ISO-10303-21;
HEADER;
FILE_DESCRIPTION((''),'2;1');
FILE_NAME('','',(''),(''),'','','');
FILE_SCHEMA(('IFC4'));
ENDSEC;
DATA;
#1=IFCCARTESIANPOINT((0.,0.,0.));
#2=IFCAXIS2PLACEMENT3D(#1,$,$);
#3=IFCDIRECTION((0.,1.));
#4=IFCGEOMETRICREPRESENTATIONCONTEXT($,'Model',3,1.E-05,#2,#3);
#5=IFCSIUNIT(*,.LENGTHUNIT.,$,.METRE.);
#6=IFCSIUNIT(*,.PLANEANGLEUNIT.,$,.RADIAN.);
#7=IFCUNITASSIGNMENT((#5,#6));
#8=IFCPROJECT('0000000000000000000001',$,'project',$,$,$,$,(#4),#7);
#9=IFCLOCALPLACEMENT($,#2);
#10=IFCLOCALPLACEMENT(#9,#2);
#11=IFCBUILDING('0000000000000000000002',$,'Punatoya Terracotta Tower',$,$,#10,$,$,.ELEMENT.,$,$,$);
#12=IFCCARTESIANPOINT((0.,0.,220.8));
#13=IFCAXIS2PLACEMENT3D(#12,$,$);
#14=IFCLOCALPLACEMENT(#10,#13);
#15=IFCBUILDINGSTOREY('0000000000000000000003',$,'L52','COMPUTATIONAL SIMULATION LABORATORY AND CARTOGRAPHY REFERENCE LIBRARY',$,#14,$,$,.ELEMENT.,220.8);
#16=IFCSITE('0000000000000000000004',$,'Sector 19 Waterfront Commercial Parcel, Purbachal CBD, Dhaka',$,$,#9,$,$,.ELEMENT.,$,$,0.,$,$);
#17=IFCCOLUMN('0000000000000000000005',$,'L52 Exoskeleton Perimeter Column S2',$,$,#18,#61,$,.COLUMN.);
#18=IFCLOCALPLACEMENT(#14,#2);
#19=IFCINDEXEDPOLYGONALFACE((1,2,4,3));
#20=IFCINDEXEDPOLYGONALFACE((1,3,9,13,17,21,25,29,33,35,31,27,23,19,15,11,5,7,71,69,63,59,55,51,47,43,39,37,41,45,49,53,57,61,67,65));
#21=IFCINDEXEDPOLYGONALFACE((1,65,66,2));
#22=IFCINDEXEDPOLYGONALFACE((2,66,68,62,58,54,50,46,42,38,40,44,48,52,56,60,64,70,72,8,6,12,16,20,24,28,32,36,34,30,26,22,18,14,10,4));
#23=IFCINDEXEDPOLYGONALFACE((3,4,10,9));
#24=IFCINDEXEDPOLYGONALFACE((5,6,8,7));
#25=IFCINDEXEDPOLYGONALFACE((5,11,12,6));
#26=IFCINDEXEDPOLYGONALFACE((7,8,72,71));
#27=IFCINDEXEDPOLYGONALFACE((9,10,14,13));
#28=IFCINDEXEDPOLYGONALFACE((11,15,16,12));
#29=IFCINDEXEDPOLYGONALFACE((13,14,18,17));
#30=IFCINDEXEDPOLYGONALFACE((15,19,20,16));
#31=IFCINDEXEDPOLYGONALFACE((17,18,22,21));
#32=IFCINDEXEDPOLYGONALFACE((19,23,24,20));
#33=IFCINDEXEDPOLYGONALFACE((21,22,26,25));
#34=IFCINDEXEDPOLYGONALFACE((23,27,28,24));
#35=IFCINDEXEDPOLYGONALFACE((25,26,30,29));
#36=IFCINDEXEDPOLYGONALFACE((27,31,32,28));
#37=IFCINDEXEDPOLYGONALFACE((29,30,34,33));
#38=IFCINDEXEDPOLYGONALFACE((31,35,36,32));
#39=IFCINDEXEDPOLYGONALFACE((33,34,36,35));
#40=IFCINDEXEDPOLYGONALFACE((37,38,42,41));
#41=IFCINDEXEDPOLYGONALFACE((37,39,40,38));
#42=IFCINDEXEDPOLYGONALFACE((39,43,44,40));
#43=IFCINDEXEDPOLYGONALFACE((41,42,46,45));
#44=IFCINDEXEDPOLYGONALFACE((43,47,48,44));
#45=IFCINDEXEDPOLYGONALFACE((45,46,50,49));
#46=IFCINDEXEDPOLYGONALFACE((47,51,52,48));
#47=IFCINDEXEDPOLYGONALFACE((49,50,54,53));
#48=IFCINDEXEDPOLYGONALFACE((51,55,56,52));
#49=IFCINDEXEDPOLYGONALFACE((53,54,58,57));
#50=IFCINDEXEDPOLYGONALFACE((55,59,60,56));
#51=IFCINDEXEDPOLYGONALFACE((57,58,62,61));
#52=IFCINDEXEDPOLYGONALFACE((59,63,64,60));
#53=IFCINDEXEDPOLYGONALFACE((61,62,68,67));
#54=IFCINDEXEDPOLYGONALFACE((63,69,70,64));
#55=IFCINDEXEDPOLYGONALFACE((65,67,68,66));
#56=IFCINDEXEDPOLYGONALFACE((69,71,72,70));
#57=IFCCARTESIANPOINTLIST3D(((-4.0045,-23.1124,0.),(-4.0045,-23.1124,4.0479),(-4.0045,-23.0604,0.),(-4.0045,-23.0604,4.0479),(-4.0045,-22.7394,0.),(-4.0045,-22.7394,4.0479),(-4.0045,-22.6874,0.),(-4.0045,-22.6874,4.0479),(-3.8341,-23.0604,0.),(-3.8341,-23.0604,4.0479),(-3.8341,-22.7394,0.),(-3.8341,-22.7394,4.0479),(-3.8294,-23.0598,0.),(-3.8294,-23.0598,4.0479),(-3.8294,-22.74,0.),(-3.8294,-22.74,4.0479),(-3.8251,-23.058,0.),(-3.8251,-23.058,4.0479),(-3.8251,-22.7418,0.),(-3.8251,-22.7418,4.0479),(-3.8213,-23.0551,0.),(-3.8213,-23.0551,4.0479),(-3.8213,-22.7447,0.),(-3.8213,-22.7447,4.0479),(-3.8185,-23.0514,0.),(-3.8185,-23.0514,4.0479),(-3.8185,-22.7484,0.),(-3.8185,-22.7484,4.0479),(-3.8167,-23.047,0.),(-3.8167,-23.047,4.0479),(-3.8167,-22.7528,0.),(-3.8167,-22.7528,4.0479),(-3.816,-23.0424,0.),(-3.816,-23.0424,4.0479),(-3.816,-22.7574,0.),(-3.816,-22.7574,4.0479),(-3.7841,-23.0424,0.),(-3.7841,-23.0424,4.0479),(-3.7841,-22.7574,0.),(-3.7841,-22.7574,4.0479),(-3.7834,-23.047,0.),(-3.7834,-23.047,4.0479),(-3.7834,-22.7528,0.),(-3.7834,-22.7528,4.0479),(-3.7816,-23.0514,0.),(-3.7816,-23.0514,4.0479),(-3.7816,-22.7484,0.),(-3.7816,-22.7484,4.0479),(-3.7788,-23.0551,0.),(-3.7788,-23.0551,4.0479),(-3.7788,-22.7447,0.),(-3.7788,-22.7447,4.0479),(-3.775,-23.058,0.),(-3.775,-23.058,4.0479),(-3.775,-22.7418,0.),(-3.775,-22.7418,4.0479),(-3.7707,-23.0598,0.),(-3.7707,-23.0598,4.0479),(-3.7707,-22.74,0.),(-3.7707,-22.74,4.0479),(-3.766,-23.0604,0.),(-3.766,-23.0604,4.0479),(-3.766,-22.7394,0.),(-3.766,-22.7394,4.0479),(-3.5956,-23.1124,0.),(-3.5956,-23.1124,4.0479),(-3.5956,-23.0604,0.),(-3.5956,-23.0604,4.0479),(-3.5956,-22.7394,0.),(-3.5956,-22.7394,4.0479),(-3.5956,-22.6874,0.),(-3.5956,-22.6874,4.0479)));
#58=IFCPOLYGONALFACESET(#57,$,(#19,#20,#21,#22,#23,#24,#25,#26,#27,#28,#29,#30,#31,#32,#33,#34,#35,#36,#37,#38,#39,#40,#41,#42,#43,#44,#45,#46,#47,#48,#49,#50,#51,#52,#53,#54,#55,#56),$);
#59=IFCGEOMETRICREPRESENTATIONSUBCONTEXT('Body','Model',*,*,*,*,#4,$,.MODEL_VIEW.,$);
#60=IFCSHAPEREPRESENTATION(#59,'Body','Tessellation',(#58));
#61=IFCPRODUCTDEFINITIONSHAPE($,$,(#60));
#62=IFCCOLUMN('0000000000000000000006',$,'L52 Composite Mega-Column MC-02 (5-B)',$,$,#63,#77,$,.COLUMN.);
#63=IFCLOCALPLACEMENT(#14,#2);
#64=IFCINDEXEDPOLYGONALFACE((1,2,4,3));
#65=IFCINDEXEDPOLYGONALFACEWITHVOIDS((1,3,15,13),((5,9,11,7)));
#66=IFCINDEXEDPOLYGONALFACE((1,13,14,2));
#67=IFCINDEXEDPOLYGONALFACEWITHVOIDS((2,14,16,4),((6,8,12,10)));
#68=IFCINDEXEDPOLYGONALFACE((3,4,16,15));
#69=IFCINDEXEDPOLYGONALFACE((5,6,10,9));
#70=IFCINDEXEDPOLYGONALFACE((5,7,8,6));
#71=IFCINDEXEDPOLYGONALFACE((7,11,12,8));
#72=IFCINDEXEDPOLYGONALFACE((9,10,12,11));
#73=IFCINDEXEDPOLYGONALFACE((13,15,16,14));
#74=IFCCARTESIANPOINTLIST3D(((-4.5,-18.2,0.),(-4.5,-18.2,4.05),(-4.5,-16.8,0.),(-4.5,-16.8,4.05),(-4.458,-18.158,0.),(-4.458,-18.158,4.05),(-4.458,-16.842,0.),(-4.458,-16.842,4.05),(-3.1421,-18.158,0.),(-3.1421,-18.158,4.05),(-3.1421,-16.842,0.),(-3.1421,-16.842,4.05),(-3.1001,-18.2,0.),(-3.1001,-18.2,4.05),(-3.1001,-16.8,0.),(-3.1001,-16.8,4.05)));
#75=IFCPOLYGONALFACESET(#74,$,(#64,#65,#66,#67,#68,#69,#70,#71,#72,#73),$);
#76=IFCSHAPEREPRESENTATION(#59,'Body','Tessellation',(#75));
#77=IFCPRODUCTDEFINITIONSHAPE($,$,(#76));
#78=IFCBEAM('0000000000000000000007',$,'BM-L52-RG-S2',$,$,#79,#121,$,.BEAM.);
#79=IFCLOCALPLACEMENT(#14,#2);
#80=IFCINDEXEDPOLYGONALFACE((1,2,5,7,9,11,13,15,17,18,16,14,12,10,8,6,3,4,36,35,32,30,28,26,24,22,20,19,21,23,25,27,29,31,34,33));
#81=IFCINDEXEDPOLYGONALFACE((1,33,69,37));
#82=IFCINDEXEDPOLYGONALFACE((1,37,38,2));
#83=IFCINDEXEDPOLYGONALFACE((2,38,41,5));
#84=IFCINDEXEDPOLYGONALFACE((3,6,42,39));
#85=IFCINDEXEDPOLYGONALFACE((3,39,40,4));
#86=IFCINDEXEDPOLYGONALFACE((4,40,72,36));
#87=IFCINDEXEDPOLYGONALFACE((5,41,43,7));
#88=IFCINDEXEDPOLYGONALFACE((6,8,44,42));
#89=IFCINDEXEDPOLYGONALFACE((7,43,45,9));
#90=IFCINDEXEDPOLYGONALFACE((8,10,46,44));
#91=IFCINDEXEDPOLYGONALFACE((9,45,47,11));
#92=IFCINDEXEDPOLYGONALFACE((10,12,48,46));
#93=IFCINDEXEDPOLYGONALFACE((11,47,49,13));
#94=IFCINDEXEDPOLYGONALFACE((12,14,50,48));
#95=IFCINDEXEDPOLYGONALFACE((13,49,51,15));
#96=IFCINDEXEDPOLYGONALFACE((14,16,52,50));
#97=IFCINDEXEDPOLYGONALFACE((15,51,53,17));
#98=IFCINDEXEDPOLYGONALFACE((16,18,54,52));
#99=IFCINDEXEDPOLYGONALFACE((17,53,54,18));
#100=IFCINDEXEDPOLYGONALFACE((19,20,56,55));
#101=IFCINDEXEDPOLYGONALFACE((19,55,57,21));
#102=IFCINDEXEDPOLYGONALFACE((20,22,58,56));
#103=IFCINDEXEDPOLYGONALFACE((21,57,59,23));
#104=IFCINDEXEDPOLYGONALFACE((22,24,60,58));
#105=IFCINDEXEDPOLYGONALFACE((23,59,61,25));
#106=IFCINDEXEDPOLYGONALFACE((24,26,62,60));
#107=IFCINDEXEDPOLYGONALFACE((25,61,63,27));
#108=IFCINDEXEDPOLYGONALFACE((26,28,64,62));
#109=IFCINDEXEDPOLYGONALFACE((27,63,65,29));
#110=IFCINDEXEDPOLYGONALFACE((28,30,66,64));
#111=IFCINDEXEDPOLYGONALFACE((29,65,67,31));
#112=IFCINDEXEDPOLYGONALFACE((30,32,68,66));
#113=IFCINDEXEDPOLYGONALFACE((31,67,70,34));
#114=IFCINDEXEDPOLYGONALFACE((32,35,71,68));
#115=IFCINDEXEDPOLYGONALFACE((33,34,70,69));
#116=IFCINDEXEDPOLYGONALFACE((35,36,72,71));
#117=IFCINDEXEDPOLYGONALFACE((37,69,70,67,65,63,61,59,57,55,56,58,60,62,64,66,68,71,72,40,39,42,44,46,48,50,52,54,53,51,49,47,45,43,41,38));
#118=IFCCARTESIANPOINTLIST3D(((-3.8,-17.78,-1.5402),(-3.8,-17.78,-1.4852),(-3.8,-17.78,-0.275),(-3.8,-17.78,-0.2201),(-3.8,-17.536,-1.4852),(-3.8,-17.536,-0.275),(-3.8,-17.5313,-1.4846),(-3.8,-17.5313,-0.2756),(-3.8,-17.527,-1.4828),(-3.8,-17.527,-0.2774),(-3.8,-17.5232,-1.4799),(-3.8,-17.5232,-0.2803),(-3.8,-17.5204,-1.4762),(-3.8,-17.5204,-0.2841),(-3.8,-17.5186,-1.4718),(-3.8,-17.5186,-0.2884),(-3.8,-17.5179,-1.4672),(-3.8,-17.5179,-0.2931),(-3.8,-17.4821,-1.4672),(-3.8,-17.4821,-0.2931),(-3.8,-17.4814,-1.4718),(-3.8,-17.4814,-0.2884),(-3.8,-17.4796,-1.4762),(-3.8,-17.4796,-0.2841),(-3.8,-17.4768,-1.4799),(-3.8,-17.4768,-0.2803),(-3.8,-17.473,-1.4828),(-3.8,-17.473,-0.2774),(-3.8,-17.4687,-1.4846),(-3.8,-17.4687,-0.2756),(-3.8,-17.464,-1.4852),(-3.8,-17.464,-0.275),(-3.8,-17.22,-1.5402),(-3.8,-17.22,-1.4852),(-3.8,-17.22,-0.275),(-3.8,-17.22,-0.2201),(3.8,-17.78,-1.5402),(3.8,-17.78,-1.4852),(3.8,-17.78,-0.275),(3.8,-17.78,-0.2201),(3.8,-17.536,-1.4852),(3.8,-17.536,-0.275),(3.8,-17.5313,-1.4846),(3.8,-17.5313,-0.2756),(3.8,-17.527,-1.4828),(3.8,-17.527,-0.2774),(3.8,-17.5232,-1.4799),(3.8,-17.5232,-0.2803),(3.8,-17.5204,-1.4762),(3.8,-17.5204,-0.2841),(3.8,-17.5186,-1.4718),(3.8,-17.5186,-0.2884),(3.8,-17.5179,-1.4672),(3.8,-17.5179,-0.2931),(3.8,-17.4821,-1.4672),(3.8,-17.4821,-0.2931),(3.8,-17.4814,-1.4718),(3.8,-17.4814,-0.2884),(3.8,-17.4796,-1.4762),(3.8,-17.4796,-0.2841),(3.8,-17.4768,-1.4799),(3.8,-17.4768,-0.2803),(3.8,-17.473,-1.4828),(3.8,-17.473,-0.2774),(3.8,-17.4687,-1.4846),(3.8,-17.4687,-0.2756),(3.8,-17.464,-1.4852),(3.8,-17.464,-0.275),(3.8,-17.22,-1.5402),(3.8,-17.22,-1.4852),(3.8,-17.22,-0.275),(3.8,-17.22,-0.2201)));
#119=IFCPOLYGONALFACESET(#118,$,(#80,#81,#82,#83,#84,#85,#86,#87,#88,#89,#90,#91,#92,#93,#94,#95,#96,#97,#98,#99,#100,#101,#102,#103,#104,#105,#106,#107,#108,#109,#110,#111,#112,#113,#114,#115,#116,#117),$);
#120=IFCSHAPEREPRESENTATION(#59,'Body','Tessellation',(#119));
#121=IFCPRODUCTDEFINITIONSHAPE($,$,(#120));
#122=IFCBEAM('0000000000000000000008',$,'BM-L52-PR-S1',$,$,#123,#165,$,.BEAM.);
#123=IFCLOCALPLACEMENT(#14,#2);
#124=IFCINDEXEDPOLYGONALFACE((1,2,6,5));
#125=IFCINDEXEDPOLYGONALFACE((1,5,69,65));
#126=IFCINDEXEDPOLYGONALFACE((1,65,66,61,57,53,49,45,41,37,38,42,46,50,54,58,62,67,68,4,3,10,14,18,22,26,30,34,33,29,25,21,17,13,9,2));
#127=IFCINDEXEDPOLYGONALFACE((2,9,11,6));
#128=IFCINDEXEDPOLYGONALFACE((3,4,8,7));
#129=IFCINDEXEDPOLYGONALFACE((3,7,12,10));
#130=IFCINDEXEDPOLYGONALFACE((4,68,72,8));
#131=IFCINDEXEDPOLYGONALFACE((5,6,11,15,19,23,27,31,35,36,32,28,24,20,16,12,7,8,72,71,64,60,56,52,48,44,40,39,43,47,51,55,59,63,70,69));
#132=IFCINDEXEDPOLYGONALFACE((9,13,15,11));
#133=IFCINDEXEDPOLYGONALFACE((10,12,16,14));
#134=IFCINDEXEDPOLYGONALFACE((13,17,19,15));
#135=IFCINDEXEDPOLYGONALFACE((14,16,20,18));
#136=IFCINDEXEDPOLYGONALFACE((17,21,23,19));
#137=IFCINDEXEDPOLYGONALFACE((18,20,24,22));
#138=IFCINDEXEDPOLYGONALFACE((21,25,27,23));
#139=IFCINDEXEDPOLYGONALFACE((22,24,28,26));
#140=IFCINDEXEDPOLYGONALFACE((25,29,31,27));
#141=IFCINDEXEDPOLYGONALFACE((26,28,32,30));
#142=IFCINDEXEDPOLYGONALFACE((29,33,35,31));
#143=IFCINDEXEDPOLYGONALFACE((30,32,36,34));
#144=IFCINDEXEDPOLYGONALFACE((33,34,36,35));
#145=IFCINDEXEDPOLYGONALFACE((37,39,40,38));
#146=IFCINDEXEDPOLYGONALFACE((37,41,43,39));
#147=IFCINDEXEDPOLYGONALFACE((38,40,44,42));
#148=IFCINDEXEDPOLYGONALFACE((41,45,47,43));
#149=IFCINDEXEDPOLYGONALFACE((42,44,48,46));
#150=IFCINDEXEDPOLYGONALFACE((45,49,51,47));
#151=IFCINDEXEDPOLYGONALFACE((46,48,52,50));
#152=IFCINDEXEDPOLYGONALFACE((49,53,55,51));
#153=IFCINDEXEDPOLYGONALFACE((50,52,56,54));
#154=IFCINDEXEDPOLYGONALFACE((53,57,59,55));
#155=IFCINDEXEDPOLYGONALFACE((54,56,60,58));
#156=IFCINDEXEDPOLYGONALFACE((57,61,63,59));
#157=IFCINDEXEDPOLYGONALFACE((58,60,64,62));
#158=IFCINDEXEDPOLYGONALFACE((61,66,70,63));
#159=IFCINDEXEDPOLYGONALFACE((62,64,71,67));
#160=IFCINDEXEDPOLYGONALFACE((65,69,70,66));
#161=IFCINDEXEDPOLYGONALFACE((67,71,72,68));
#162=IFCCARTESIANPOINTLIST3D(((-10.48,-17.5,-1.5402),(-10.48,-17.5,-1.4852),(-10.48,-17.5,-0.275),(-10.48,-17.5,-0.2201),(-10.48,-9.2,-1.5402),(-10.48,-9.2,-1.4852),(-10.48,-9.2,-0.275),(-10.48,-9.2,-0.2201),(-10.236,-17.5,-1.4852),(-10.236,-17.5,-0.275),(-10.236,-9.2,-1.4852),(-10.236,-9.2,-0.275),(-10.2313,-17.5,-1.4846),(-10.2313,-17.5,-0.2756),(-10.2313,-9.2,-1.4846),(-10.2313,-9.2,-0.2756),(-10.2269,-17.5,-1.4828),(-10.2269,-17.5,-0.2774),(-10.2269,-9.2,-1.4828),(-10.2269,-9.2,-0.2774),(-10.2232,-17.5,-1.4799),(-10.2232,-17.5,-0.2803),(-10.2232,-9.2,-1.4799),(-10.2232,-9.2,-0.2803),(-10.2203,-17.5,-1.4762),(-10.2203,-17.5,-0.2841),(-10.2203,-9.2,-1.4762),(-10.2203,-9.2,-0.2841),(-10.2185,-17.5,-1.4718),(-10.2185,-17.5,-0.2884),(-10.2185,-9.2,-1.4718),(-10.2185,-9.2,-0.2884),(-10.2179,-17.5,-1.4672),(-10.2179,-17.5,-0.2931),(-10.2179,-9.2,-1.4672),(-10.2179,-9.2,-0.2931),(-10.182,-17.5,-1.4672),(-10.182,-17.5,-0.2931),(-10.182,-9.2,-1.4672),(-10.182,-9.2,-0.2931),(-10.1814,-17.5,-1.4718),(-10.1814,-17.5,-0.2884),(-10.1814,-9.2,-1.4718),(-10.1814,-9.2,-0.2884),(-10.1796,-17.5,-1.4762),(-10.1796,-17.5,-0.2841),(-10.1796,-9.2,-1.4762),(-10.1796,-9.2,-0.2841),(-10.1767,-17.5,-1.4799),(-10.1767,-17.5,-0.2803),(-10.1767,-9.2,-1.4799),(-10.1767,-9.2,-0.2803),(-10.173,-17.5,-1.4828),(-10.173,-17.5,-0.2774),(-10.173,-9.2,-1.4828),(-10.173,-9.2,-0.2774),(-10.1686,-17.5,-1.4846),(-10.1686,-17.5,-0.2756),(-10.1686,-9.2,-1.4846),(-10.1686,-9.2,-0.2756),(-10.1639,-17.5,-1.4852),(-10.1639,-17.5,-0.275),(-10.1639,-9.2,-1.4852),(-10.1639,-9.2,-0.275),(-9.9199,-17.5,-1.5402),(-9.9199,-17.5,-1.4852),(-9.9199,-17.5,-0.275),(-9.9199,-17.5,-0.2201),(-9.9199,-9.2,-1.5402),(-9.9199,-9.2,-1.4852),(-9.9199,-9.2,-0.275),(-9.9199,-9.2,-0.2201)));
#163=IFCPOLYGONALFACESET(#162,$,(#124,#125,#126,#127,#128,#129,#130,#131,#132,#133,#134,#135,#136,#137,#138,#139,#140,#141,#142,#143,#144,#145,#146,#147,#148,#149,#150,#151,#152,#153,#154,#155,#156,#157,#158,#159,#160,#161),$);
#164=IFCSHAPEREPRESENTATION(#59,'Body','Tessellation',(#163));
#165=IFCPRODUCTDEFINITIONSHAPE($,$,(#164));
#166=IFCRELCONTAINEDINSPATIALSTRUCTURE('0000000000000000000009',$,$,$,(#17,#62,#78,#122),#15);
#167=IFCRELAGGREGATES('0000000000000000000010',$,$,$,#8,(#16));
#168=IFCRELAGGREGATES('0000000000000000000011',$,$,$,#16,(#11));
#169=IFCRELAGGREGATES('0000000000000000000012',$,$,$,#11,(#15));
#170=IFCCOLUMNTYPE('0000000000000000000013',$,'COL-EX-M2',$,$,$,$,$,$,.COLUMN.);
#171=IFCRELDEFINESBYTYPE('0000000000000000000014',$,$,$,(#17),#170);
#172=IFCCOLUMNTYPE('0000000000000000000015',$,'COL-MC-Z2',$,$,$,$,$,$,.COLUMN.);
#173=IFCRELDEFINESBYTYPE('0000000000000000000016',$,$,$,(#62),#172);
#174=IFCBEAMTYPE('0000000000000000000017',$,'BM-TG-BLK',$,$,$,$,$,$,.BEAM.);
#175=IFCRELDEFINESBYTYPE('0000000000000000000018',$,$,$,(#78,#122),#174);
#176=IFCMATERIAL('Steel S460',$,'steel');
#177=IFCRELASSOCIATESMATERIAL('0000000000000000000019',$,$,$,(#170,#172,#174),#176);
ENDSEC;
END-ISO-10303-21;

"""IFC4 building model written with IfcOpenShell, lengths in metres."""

from ifc_helpers import new_model, si_unit, direction, frame, origin, origin_2d, place, context, subcontext, project, spatial, hollow_rectangle, i_section, extrude, material, material_profile, profile_set, type_object, element, save


model = new_model("IFC4")

# Units and contexts
model_context = context("Model", 3, precision=1e-05, world=origin(), true_north=direction((0.0, 1.0)))
body_context = subcontext(model_context, "Body", "Model", "MODEL_VIEW")
ifc_project = project(units=[si_unit("LENGTHUNIT", "METRE"), si_unit("PLANEANGLEUNIT", "RADIAN")], contexts=[model_context])

# Site, building, storey
site_placement = place(None, origin())
site = spatial("IfcSite", under=ifc_project, at=site_placement, Name="Sector 19 Waterfront Commercial Parcel, Purbachal CBD, Dhaka", CompositionType="ELEMENT", RefElevation=0.0)
building_placement = place(site_placement, origin())
building = spatial("IfcBuilding", under=site, at=building_placement, Name="Punatoya Terracotta Tower", CompositionType="ELEMENT")
storey_placement = place(building_placement, frame((0.0, 0.0, 220.8)))
storey = spatial("IfcBuildingStorey", under=building, at=storey_placement, Name="L52", Description="COMPUTATIONAL SIMULATION LABORATORY AND CARTOGRAPHY REFERENCE LIBRARY", CompositionType="ELEMENT", Elevation=220.8)

# Columns
ifc_material_1 = material(Name="Steel S460", Category="steel")
ifc_material_profile_1 = material_profile(ifc_material_1, i_section(OverallWidth=0.4089, OverallDepth=0.425, WebThickness=0.032, FlangeThickness=0.052, FilletRadius=0.0181, at=origin_2d()))
ifc_profile_set_1 = profile_set([ifc_material_profile_1], Name="Steel S460")
column_type_1 = type_object("IfcColumnType", Name="COL-EX-M2", PredefinedType="COLUMN", material=ifc_profile_set_1)
column_1_placement = place(storey_placement, frame((-3.8, -22.8999, 0.0), z_axis=(0.0, 0.0, 1.0), x_axis=(1.0, 0.0, 0.0)))
element("IfcColumn", 1, at=column_1_placement, inside=storey, type_object=column_type_1, Name="L52 Exoskeleton Perimeter Column S2", PredefinedType="COLUMN", context=body_context, shape_type="SweptSolid", body=[
    extrude(i_section(OverallWidth=0.4089, OverallDepth=0.425, WebThickness=0.032, FlangeThickness=0.052, FilletRadius=0.0181, at=origin_2d()), origin(), (0.0, 0.0, 1.0), 4.0479),
])
ifc_material_profile_2 = material_profile(ifc_material_1, hollow_rectangle(XDim=1.3999, YDim=1.3999, WallThickness=0.042, at=origin_2d()))
ifc_profile_set_2 = profile_set([ifc_material_profile_2], Name="Steel S460")
column_type_2 = type_object("IfcColumnType", Name="COL-MC-Z2", PredefinedType="COLUMN", material=ifc_profile_set_2)
column_2_placement = place(storey_placement, frame((-3.8, -17.5, 0.0), z_axis=(0.0, 0.0, 1.0), x_axis=(1.0, 0.0, 0.0)))
element("IfcColumn", 2, at=column_2_placement, inside=storey, type_object=column_type_2, Name="L52 Composite Mega-Column MC-02 (5-B)", PredefinedType="COLUMN", context=body_context, shape_type="SweptSolid", body=[
    extrude(hollow_rectangle(XDim=1.3999, YDim=1.3999, WallThickness=0.042, at=origin_2d()), origin(), (0.0, 0.0, 1.0), 4.05),
])

# Beams
ifc_material_profile_3 = material_profile(ifc_material_1, i_section(OverallWidth=0.5601, OverallDepth=1.3201, WebThickness=0.0359, FlangeThickness=0.0549, FilletRadius=0.0181, at=origin_2d()))
ifc_profile_set_3 = profile_set([ifc_material_profile_3], Name="Steel S460")
beam_type = type_object("IfcBeamType", Name="BM-TG-BLK", PredefinedType="BEAM", material=ifc_profile_set_3)
beam_1_placement = place(storey_placement, frame((-3.8, -17.5, -0.8801), z_axis=(1.0, 0.0, 0.0), x_axis=(0.0, 1.0, 0.0)))
element("IfcBeam", 3, at=beam_1_placement, inside=storey, type_object=beam_type, Name="BM-L52-RG-S2", PredefinedType="BEAM", context=body_context, shape_type="SweptSolid", body=[
    extrude(i_section(OverallWidth=0.5601, OverallDepth=1.3201, WebThickness=0.0359, FlangeThickness=0.0549, FilletRadius=0.0181, at=origin_2d()), origin(), (0.0, 0.0, 1.0), 7.6001),
])
for number, where, z_axis, x_axis, name in (
    (4, (-10.2, -17.5, -0.8801), (0.0, 1.0, 0.0), (-1.0, 0.0, 0.0), "BM-L52-PR-S1"),
):
    element("IfcBeam", number, at=place(storey_placement, frame(where, z_axis=z_axis, x_axis=x_axis)), inside=storey, type_object=beam_type, Name=name, PredefinedType="BEAM", context=body_context, shape_type="SweptSolid", body=[
        extrude(i_section(OverallWidth=0.5601, OverallDepth=1.3201, WebThickness=0.0359, FlangeThickness=0.0549, FilletRadius=0.0181, at=origin_2d()), origin(), (0.0, 0.0, 1.0), 8.3),
    ])

save(model, "model.ifc")
